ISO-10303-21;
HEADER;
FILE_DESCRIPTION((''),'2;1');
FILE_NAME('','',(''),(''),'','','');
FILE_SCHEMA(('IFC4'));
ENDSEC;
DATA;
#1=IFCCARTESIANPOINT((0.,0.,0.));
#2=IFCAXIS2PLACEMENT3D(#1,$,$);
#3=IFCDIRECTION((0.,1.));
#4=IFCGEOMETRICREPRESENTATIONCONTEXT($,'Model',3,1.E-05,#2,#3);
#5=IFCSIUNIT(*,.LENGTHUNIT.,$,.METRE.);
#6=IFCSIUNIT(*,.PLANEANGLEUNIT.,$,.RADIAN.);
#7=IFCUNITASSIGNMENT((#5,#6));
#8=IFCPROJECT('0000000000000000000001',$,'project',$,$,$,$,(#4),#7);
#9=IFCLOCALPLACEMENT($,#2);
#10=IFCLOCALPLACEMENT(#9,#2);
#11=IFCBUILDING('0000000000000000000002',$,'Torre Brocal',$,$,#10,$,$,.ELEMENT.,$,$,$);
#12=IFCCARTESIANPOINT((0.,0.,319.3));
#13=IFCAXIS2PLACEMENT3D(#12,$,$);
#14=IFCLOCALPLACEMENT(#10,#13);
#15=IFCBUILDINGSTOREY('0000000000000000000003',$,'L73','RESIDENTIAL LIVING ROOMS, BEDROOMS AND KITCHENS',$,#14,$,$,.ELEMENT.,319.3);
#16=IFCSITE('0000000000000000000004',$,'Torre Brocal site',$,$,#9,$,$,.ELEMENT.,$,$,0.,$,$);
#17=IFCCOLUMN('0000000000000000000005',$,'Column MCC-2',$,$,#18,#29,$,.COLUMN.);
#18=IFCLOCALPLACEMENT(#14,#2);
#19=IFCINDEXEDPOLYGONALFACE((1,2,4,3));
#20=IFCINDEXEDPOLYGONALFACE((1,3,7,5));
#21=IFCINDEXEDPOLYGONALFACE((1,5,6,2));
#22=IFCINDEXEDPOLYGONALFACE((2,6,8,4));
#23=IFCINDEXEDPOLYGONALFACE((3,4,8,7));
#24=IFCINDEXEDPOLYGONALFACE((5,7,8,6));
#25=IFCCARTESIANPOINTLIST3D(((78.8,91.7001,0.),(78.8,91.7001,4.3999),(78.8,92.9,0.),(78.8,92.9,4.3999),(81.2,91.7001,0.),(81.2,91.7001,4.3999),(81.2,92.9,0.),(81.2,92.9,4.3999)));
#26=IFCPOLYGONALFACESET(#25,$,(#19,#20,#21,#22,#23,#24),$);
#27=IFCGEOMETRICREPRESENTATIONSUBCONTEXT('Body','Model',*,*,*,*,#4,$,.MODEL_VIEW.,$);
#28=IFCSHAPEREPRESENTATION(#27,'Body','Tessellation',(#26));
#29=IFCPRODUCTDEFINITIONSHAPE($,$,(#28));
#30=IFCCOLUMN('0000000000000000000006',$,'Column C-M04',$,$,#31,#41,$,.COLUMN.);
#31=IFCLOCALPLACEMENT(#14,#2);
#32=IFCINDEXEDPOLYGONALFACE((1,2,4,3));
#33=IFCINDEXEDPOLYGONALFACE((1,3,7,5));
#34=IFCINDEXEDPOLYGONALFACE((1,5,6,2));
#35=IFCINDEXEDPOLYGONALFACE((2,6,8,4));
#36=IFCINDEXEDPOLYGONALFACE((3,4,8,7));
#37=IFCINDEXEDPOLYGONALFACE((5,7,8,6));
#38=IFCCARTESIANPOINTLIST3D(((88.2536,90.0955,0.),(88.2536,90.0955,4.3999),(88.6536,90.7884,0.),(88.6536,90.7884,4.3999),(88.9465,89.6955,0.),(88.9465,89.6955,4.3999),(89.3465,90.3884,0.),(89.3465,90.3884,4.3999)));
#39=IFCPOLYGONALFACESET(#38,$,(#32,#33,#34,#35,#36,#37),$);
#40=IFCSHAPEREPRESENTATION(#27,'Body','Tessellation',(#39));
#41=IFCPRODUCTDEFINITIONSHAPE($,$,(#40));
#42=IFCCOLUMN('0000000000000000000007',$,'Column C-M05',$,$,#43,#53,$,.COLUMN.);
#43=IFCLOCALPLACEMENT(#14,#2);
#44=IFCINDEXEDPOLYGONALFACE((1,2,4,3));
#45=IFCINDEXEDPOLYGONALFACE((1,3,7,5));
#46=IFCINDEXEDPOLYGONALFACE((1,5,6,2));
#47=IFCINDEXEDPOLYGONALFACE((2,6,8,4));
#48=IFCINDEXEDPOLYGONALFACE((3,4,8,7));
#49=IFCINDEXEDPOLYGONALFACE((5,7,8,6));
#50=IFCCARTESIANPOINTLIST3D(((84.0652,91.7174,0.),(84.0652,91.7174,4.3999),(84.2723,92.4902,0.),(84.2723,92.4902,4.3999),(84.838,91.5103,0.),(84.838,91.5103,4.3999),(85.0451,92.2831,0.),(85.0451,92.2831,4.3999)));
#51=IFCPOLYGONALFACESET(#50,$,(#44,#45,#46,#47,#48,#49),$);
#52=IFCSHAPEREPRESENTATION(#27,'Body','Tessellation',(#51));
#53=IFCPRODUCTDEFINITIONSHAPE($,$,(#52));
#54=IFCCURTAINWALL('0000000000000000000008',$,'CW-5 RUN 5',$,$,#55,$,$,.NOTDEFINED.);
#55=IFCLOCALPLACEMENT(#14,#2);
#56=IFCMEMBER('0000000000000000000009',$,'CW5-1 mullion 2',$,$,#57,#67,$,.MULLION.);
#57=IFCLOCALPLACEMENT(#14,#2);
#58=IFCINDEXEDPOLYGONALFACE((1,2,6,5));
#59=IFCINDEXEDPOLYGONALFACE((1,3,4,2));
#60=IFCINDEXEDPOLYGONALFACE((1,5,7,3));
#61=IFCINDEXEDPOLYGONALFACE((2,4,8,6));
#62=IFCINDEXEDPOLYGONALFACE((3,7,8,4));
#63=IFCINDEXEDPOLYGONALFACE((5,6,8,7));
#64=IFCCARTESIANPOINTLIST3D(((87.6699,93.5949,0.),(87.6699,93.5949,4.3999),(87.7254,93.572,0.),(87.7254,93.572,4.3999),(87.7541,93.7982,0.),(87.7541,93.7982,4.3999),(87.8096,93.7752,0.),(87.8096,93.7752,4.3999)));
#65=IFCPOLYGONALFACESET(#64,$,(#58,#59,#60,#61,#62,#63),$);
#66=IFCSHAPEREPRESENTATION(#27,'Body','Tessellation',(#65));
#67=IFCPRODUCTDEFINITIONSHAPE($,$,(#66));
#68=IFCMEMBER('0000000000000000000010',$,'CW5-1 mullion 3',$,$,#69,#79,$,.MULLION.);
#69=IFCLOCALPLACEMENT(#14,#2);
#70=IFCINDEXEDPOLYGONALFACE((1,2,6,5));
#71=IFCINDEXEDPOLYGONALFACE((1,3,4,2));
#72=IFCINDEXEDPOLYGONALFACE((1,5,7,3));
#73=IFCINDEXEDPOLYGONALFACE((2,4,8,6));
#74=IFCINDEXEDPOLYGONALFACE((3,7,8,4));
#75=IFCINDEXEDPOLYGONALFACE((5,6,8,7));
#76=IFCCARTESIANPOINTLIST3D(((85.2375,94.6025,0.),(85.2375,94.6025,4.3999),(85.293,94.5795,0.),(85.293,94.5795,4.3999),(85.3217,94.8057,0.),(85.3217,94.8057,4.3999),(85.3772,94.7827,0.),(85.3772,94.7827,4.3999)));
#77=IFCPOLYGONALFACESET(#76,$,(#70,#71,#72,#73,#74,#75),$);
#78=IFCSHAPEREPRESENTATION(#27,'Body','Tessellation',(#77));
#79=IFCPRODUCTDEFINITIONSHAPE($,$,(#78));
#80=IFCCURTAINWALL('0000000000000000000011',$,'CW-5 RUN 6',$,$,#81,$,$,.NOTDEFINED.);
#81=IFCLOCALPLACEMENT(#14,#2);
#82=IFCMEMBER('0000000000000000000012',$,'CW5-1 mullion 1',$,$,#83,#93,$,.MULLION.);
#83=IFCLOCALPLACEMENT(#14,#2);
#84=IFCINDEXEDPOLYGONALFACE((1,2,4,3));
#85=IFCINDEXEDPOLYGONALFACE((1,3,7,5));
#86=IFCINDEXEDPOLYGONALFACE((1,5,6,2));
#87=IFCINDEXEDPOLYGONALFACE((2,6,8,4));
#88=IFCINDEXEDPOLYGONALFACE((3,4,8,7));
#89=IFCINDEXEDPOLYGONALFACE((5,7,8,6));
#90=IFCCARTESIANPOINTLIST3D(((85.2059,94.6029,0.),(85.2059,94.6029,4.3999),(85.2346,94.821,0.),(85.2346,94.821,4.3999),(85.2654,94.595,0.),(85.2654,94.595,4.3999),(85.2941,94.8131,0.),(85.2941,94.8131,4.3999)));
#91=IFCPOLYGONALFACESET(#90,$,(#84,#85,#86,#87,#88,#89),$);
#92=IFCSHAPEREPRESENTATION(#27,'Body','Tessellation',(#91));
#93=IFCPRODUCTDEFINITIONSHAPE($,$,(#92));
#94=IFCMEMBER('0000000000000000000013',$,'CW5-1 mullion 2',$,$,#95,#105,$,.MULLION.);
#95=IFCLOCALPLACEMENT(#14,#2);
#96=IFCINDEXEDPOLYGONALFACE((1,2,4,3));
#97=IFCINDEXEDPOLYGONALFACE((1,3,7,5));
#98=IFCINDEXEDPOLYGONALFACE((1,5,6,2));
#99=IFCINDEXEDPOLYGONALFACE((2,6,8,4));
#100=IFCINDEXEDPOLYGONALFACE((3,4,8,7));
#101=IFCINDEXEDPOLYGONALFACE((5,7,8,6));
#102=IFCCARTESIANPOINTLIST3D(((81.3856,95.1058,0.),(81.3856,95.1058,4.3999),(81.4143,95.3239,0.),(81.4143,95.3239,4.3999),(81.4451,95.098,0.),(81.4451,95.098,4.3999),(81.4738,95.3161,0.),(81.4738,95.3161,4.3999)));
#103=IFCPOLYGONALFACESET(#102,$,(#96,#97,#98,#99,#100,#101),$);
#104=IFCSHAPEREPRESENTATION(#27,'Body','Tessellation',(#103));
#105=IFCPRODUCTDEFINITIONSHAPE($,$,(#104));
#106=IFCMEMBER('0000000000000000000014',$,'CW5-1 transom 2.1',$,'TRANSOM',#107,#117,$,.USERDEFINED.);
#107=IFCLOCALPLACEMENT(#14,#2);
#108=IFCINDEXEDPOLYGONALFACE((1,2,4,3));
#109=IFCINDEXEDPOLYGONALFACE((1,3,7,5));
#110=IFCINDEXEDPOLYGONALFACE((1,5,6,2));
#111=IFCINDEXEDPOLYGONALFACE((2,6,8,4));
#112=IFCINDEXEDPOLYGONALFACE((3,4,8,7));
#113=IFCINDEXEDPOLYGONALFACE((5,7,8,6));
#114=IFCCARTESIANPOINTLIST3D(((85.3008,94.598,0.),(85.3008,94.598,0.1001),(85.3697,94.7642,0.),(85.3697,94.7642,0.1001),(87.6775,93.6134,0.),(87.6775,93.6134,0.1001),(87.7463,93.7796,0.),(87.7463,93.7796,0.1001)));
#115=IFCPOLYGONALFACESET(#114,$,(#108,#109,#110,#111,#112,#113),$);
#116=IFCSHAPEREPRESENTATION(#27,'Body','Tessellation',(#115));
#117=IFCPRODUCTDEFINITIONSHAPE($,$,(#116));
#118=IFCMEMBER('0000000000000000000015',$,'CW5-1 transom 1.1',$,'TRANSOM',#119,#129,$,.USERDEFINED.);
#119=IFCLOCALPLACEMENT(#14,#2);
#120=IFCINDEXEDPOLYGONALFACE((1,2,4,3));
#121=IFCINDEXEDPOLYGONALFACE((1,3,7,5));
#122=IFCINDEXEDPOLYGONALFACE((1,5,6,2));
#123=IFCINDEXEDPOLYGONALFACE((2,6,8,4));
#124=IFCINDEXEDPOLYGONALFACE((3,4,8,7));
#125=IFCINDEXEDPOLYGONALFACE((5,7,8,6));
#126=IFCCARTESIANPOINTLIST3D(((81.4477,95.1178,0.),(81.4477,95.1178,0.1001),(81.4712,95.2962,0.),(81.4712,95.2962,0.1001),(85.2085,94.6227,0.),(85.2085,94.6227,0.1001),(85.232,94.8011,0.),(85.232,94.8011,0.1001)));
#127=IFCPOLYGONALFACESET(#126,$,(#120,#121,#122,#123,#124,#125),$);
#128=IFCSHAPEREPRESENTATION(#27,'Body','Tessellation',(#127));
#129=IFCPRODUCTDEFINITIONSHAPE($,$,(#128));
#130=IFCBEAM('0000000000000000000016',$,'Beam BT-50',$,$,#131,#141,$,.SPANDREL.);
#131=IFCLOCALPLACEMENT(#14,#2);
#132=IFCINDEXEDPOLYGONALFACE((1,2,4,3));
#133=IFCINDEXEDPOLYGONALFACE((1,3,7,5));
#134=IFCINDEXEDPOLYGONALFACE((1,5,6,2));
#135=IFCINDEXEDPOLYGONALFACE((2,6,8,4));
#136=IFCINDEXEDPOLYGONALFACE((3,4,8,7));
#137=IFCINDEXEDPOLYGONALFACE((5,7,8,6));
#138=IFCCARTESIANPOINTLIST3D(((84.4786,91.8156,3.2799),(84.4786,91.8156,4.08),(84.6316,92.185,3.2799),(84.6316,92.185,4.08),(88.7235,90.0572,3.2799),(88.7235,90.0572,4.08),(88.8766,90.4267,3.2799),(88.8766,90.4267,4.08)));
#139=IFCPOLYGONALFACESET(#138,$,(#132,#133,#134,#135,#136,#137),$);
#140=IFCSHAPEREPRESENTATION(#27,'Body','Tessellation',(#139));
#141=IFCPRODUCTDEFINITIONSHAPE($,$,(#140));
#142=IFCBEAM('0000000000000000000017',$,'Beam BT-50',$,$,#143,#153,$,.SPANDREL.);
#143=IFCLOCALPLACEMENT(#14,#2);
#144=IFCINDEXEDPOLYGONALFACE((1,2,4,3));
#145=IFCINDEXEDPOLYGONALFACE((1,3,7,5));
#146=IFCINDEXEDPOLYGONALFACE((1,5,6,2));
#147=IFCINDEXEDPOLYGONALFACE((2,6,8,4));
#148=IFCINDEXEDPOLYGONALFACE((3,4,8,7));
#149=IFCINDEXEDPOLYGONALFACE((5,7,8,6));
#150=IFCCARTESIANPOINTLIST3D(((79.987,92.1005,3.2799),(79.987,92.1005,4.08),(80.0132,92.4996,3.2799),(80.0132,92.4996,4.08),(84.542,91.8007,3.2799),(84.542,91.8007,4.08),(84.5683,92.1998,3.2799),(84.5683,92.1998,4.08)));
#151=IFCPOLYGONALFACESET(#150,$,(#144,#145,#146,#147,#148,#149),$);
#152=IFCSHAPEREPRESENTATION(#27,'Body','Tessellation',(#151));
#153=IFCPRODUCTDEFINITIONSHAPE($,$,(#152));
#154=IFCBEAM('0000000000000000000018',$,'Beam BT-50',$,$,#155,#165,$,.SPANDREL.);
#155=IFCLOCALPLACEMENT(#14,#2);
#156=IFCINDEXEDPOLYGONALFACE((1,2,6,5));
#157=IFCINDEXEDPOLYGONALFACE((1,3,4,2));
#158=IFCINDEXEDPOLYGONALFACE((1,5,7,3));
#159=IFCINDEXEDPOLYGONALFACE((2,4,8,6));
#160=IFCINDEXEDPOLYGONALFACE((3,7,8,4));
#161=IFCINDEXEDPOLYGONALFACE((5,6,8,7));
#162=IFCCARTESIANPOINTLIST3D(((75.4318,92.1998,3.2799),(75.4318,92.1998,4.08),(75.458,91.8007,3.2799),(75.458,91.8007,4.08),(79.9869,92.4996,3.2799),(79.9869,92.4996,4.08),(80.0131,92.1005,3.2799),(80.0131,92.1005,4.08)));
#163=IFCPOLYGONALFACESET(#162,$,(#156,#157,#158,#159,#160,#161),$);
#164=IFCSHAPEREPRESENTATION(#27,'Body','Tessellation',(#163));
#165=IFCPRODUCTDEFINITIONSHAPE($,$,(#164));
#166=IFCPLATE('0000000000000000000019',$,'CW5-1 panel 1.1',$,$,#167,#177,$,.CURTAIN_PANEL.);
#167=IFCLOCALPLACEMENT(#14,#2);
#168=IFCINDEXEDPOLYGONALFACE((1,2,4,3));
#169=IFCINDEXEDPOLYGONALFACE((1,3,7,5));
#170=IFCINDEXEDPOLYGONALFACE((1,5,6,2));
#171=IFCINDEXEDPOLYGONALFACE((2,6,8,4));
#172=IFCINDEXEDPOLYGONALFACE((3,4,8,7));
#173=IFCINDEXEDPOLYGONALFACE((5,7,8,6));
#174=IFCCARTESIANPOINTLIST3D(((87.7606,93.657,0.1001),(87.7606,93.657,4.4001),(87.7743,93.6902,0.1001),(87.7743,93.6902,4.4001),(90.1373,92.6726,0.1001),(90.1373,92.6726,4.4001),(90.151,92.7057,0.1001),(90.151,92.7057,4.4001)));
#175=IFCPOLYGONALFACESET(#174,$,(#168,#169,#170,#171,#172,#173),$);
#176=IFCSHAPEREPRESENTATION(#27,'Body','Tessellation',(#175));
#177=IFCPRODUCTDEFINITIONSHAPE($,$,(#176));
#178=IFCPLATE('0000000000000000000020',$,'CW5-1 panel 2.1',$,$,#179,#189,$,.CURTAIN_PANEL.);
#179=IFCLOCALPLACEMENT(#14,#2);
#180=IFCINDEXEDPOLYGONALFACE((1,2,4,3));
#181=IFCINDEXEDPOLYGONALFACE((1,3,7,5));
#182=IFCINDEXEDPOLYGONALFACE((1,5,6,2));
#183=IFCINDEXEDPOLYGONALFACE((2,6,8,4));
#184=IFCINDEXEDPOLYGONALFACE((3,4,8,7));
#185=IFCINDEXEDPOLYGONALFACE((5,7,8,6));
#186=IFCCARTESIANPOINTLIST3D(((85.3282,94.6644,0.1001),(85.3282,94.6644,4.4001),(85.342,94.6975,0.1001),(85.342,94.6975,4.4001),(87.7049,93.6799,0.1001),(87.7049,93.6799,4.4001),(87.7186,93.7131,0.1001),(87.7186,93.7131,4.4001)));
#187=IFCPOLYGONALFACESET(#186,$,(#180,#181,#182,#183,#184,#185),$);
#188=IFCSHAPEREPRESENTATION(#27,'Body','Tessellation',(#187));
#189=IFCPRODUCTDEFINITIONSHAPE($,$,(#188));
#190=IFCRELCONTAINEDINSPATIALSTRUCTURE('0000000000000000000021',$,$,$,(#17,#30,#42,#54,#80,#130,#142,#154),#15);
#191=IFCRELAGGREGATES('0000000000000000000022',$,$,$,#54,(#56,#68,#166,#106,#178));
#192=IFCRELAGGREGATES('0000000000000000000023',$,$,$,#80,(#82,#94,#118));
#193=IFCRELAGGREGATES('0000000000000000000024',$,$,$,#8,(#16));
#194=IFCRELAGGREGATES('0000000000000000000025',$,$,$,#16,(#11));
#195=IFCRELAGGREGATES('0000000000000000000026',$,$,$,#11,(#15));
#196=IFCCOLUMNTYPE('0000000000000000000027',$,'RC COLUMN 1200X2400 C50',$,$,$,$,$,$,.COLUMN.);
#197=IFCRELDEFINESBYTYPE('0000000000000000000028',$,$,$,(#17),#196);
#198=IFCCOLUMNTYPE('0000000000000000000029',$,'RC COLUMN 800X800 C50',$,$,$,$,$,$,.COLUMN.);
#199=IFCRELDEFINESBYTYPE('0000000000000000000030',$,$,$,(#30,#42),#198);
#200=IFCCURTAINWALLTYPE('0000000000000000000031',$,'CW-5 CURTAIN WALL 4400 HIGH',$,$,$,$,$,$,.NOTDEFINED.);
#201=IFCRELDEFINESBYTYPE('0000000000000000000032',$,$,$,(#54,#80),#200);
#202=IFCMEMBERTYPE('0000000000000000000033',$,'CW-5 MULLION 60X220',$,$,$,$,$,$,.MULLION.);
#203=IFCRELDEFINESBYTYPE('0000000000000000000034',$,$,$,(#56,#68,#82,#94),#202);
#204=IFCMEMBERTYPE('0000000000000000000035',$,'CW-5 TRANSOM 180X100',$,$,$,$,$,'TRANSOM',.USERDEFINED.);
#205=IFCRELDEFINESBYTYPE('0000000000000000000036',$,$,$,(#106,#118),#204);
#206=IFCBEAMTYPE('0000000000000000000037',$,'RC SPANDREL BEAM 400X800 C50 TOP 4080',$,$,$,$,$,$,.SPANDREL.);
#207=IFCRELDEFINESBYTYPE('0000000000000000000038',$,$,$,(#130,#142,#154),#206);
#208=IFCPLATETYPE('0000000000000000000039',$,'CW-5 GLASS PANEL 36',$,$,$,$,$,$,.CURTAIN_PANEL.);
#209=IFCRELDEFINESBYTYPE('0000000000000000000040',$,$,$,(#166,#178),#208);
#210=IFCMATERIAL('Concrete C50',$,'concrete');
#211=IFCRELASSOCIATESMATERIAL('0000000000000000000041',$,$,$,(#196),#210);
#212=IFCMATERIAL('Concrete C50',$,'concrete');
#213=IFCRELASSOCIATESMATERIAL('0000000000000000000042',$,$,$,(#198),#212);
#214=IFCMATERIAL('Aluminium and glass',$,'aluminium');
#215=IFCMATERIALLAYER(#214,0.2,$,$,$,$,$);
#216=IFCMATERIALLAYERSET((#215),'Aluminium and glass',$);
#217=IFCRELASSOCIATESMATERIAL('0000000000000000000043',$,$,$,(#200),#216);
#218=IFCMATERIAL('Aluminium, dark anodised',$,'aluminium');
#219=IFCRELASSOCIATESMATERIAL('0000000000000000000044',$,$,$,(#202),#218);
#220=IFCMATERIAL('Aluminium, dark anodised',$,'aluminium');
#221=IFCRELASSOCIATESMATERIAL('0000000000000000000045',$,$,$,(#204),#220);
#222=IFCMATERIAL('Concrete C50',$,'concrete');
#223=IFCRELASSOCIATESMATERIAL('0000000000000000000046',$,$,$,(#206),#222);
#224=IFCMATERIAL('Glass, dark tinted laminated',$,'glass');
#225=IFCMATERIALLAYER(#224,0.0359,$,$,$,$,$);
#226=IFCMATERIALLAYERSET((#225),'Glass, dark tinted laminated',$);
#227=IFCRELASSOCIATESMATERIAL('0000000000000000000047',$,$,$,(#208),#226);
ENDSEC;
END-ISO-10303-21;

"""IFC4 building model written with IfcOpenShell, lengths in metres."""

from ifc_helpers import new_model, si_unit, direction, frame, origin, origin_2d, place, context, subcontext, project, spatial, rectangle, extrude, material, layer, layer_set, material_profile, profile_set, type_object, element, aggregate, save


model = new_model("IFC4")

# Units and contexts
model_context = context("Model", 3, precision=1e-05, world=origin(), true_north=direction((0.0, 1.0)))
body_context = subcontext(model_context, "Body", "Model", "MODEL_VIEW")
ifc_project = project(units=[si_unit("LENGTHUNIT", "METRE"), si_unit("PLANEANGLEUNIT", "RADIAN")], contexts=[model_context])

# Site, building, storey
site_placement = place(None, origin())
site = spatial("IfcSite", under=ifc_project, at=site_placement, Name="Torre Brocal site", CompositionType="ELEMENT", RefElevation=0.0)
building_placement = place(site_placement, origin())
building = spatial("IfcBuilding", under=site, at=building_placement, Name="Torre Brocal", CompositionType="ELEMENT")
storey_placement = place(building_placement, frame((0.0, 0.0, 319.3)))
storey = spatial("IfcBuildingStorey", under=building, at=storey_placement, Name="L73", Description="RESIDENTIAL LIVING ROOMS, BEDROOMS AND KITCHENS", CompositionType="ELEMENT", Elevation=319.3)

# Columns
ifc_material_1 = material(Name="Concrete C50", Category="concrete")
ifc_material_profile_1 = material_profile(ifc_material_1, rectangle(XDim=1.2, YDim=2.3999, at=origin_2d()), Name="RC 1200X2400")
ifc_profile_set_1 = profile_set([ifc_material_profile_1], Name="Concrete C50")
column_type_1 = type_object("IfcColumnType", Name="RC COLUMN 1200X2400 C50", PredefinedType="COLUMN", material=ifc_profile_set_1)
column_placement = place(storey_placement, frame((80.0, 92.3, 0.0), z_axis=(0.0, 0.0, 1.0), x_axis=(0.0, 1.0, 0.0)))
element("IfcColumn", 1, at=column_placement, inside=storey, type_object=column_type_1, Name="Column MCC-2", PredefinedType="COLUMN", context=body_context, shape_type="SweptSolid", body=[
    extrude(rectangle(XDim=1.2, YDim=2.3999, at=origin_2d()), origin(), (0.0, 0.0, 1.0), 4.3999),
])
ifc_material_2 = material(Name="Concrete C50", Category="concrete")
ifc_material_profile_2 = material_profile(ifc_material_2, rectangle(XDim=0.8, YDim=0.8, at=origin_2d()), Name="RC 800X800")
ifc_profile_set_2 = profile_set([ifc_material_profile_2], Name="Concrete C50")
column_type_2 = type_object("IfcColumnType", Name="RC COLUMN 800X800 C50", PredefinedType="COLUMN", material=ifc_profile_set_2)
for number, where, z_axis, x_axis, name in (
    (2, (88.8, 90.2419, 0.0), (0.0, 0.0, 1.0), (0.5, 0.866025, 0.0), "Column C-M04"),
    (3, (84.5552, 92.0002, 0.0), (0.0, 0.0, 1.0), (0.258819, 0.965926, 0.0), "Column C-M05"),
):
    element("IfcColumn", number, at=place(storey_placement, frame(where, z_axis=z_axis, x_axis=x_axis)), inside=storey, type_object=column_type_2, Name=name, PredefinedType="COLUMN", context=body_context, shape_type="SweptSolid", body=[
        extrude(rectangle(XDim=0.8, YDim=0.8, at=origin_2d()), origin(), (0.0, 0.0, 1.0), 4.3999),
    ])

# Curtain walls, members
ifc_material_3 = material(Name="Aluminium and glass", Category="aluminium")
ifc_layer_1 = layer(ifc_material_3, 0.2)
ifc_layer_set_1 = layer_set([ifc_layer_1], Name="Aluminium and glass")
curtain_wall_type = type_object("IfcCurtainWallType", Name="CW-5 CURTAIN WALL 4400 HIGH", PredefinedType="NOTDEFINED", material=ifc_layer_set_1)
curtain_wall_1_placement = place(storey_placement, origin())
curtain_wall_1 = element("IfcCurtainWall", 4, at=curtain_wall_1_placement, inside=storey, type_object=curtain_wall_type, Name="CW-5 RUN 5", PredefinedType="NOTDEFINED")
ifc_material_4 = material(Name="Aluminium, dark anodised", Category="aluminium")
ifc_material_profile_3 = material_profile(ifc_material_4, rectangle(XDim=0.22, YDim=0.0601, at=origin_2d()), Name="CW-5 MULLION 60X220")
ifc_profile_set_3 = profile_set([ifc_material_profile_3], Name="Aluminium, dark anodised")
member_type_1 = type_object("IfcMemberType", Name="CW-5 MULLION 60X220", PredefinedType="MULLION", material=ifc_profile_set_3)
member_1_placement = place(storey_placement, frame((87.7397, 93.6851, 0.0), z_axis=(0.0, 0.0, 1.0), x_axis=(-0.382683, -0.92388, 0.0)))
member_1 = element("IfcMember", 5, at=member_1_placement, type_object=member_type_1, Name="CW5-1 mullion 2", PredefinedType="MULLION", context=body_context, shape_type="SweptSolid", body=[
    extrude(rectangle(XDim=0.22, YDim=0.0601, at=origin_2d()), origin(), (0.0, 0.0, 1.0), 4.3999),
])
member_2_placement = place(storey_placement, frame((85.3074, 94.6926, 0.0), z_axis=(0.0, 0.0, 1.0), x_axis=(-0.382683, -0.92388, 0.0)))
member_2 = element("IfcMember", 6, at=member_2_placement, type_object=member_type_1, Name="CW5-1 mullion 3", PredefinedType="MULLION", context=body_context, shape_type="SweptSolid", body=[
    extrude(rectangle(XDim=0.22, YDim=0.0601, at=origin_2d()), origin(), (0.0, 0.0, 1.0), 4.3999),
])
curtain_wall_2_placement = place(storey_placement, origin())
curtain_wall_2 = element("IfcCurtainWall", 7, at=curtain_wall_2_placement, inside=storey, type_object=curtain_wall_type, Name="CW-5 RUN 6", PredefinedType="NOTDEFINED")
member_3_placement = place(storey_placement, frame((85.25, 94.708, 0.0), z_axis=(0.0, 0.0, 1.0), x_axis=(-0.130526, -0.991445, 0.0)))
member_3 = element("IfcMember", 8, at=member_3_placement, type_object=member_type_1, Name="CW5-1 mullion 1", PredefinedType="MULLION", context=body_context, shape_type="SweptSolid", body=[
    extrude(rectangle(XDim=0.22, YDim=0.0601, at=origin_2d()), origin(), (0.0, 0.0, 1.0), 4.3999),
])
member_4_placement = place(storey_placement, frame((81.4297, 95.2109, 0.0), z_axis=(0.0, 0.0, 1.0), x_axis=(-0.130526, -0.991445, 0.0)))
member_4 = element("IfcMember", 9, at=member_4_placement, type_object=member_type_1, Name="CW5-1 mullion 2", PredefinedType="MULLION", context=body_context, shape_type="SweptSolid", body=[
    extrude(rectangle(XDim=0.22, YDim=0.0601, at=origin_2d()), origin(), (0.0, 0.0, 1.0), 4.3999),
])

# Members
ifc_material_5 = material(Name="Aluminium, dark anodised", Category="aluminium")
ifc_material_profile_4 = material_profile(ifc_material_5, rectangle(XDim=0.1799, YDim=0.1001, at=origin_2d()), Name="CW-5 TRANSOM 180X100")
ifc_profile_set_4 = profile_set([ifc_material_profile_4], Name="Aluminium, dark anodised")
member_type_2 = type_object("IfcMemberType", Name="CW-5 TRANSOM 180X100", ElementType="TRANSOM", PredefinedType="USERDEFINED", material=ifc_profile_set_4)
member_5_placement = place(storey_placement, frame((87.7119, 93.6965, 0.05), z_axis=(-0.923858, 0.382735, 0.0), x_axis=(-0.382735, -0.923858, 0.0)))
member_5 = element("IfcMember", 10, at=member_5_placement, type_object=member_type_2, Name="CW5-1 transom 2.1", ObjectType="TRANSOM", PredefinedType="USERDEFINED", context=body_context, shape_type="SweptSolid", body=[
    extrude(rectangle(XDim=0.1799, YDim=0.1001, at=origin_2d()), origin(), (0.0, 0.0, 1.0), 2.5725),
])
member_6_placement = place(storey_placement, frame((85.2202, 94.7119, 0.05), z_axis=(-0.991445, 0.130528, 0.0), x_axis=(-0.130528, -0.991445, 0.0)))
member_6 = element("IfcMember", 11, at=member_6_placement, type_object=member_type_2, Name="CW5-1 transom 1.1", ObjectType="TRANSOM", PredefinedType="USERDEFINED", context=body_context, shape_type="SweptSolid", body=[
    extrude(rectangle(XDim=0.1799, YDim=0.1001, at=origin_2d()), origin(), (0.0, 0.0, 1.0), 3.7932),
])

# Beams
ifc_material_6 = material(Name="Concrete C50", Category="concrete")
ifc_material_profile_5 = material_profile(ifc_material_6, rectangle(XDim=0.3999, YDim=0.8, at=origin_2d()), Name="RC 400X800")
ifc_profile_set_5 = profile_set([ifc_material_profile_5], Name="Concrete C50")
beam_type = type_object("IfcBeamType", Name="RC SPANDREL BEAM 400X800 C50 TOP 4080", PredefinedType="SPANDREL", material=ifc_profile_set_5)
beam_placement = place(storey_placement, frame((88.8, 90.2419, 3.6799), z_axis=(-0.923878, 0.382687, 0.0), x_axis=(-0.382687, -0.923878, 0.0)))
element("IfcBeam", 12, at=beam_placement, inside=storey, type_object=beam_type, Name="Beam BT-50", PredefinedType="SPANDREL", context=body_context, shape_type="SweptSolid", body=[
    extrude(rectangle(XDim=0.3999, YDim=0.8, at=origin_2d()), origin(), (0.0, 0.0, 1.0), 4.5947),
])
for number, where, z_axis, x_axis, name in (
    (13, (84.5552, 92.0002, 3.6799), (-0.997841, 0.065674, 0.0), (-0.065674, -0.997841, 0.0), "Beam BT-50"),
    (14, (80.0, 92.3, 3.6799), (-0.997841, -0.065674, 0.0), (0.065674, -0.997841, 0.0), "Beam BT-50"),
):
    element("IfcBeam", number, at=place(storey_placement, frame(where, z_axis=z_axis, x_axis=x_axis)), inside=storey, type_object=beam_type, Name=name, PredefinedType="SPANDREL", context=body_context, shape_type="SweptSolid", body=[
        extrude(rectangle(XDim=0.3999, YDim=0.8, at=origin_2d()), origin(), (0.0, 0.0, 1.0), 4.5649),
    ])

# Plates
ifc_material_7 = material(Name="Glass, dark tinted laminated", Category="glass")
ifc_layer_2 = layer(ifc_material_7, 0.0359)
ifc_layer_set_2 = layer_set([ifc_layer_2], Name="Glass, dark tinted laminated")
plate_type = type_object("IfcPlateType", Name="CW-5 GLASS PANEL 36", PredefinedType="CURTAIN_PANEL", material=ifc_layer_set_2)
plate_1_placement = place(storey_placement, frame((88.9558, 93.1814, 0.1001), z_axis=(0.0, 0.0, 1.0), x_axis=(-0.92388, 0.382683, 0.0)))
plate_1 = element("IfcPlate", 15, at=plate_1_placement, type_object=plate_type, Name="CW5-1 panel 1.1", PredefinedType="CURTAIN_PANEL", context=body_context, shape_type="SweptSolid", body=[
    extrude(rectangle(XDim=2.5725, YDim=0.0359, at=origin_2d()), origin(), (0.0, 0.0, 1.0), 4.3),
])
plate_2_placement = place(storey_placement, frame((86.5234, 94.1887, 0.1001), z_axis=(0.0, 0.0, 1.0), x_axis=(-0.92388, 0.382683, 0.0)))
plate_2 = element("IfcPlate", 16, at=plate_2_placement, type_object=plate_type, Name="CW5-1 panel 2.1", PredefinedType="CURTAIN_PANEL", context=body_context, shape_type="SweptSolid", body=[
    extrude(rectangle(XDim=2.5725, YDim=0.0359, at=origin_2d()), origin(), (0.0, 0.0, 1.0), 4.3),
])
aggregate(curtain_wall_1, [member_1, member_2, plate_1, member_5, plate_2])
aggregate(curtain_wall_2, [member_3, member_4, member_6])

save(model, "model.ifc")
